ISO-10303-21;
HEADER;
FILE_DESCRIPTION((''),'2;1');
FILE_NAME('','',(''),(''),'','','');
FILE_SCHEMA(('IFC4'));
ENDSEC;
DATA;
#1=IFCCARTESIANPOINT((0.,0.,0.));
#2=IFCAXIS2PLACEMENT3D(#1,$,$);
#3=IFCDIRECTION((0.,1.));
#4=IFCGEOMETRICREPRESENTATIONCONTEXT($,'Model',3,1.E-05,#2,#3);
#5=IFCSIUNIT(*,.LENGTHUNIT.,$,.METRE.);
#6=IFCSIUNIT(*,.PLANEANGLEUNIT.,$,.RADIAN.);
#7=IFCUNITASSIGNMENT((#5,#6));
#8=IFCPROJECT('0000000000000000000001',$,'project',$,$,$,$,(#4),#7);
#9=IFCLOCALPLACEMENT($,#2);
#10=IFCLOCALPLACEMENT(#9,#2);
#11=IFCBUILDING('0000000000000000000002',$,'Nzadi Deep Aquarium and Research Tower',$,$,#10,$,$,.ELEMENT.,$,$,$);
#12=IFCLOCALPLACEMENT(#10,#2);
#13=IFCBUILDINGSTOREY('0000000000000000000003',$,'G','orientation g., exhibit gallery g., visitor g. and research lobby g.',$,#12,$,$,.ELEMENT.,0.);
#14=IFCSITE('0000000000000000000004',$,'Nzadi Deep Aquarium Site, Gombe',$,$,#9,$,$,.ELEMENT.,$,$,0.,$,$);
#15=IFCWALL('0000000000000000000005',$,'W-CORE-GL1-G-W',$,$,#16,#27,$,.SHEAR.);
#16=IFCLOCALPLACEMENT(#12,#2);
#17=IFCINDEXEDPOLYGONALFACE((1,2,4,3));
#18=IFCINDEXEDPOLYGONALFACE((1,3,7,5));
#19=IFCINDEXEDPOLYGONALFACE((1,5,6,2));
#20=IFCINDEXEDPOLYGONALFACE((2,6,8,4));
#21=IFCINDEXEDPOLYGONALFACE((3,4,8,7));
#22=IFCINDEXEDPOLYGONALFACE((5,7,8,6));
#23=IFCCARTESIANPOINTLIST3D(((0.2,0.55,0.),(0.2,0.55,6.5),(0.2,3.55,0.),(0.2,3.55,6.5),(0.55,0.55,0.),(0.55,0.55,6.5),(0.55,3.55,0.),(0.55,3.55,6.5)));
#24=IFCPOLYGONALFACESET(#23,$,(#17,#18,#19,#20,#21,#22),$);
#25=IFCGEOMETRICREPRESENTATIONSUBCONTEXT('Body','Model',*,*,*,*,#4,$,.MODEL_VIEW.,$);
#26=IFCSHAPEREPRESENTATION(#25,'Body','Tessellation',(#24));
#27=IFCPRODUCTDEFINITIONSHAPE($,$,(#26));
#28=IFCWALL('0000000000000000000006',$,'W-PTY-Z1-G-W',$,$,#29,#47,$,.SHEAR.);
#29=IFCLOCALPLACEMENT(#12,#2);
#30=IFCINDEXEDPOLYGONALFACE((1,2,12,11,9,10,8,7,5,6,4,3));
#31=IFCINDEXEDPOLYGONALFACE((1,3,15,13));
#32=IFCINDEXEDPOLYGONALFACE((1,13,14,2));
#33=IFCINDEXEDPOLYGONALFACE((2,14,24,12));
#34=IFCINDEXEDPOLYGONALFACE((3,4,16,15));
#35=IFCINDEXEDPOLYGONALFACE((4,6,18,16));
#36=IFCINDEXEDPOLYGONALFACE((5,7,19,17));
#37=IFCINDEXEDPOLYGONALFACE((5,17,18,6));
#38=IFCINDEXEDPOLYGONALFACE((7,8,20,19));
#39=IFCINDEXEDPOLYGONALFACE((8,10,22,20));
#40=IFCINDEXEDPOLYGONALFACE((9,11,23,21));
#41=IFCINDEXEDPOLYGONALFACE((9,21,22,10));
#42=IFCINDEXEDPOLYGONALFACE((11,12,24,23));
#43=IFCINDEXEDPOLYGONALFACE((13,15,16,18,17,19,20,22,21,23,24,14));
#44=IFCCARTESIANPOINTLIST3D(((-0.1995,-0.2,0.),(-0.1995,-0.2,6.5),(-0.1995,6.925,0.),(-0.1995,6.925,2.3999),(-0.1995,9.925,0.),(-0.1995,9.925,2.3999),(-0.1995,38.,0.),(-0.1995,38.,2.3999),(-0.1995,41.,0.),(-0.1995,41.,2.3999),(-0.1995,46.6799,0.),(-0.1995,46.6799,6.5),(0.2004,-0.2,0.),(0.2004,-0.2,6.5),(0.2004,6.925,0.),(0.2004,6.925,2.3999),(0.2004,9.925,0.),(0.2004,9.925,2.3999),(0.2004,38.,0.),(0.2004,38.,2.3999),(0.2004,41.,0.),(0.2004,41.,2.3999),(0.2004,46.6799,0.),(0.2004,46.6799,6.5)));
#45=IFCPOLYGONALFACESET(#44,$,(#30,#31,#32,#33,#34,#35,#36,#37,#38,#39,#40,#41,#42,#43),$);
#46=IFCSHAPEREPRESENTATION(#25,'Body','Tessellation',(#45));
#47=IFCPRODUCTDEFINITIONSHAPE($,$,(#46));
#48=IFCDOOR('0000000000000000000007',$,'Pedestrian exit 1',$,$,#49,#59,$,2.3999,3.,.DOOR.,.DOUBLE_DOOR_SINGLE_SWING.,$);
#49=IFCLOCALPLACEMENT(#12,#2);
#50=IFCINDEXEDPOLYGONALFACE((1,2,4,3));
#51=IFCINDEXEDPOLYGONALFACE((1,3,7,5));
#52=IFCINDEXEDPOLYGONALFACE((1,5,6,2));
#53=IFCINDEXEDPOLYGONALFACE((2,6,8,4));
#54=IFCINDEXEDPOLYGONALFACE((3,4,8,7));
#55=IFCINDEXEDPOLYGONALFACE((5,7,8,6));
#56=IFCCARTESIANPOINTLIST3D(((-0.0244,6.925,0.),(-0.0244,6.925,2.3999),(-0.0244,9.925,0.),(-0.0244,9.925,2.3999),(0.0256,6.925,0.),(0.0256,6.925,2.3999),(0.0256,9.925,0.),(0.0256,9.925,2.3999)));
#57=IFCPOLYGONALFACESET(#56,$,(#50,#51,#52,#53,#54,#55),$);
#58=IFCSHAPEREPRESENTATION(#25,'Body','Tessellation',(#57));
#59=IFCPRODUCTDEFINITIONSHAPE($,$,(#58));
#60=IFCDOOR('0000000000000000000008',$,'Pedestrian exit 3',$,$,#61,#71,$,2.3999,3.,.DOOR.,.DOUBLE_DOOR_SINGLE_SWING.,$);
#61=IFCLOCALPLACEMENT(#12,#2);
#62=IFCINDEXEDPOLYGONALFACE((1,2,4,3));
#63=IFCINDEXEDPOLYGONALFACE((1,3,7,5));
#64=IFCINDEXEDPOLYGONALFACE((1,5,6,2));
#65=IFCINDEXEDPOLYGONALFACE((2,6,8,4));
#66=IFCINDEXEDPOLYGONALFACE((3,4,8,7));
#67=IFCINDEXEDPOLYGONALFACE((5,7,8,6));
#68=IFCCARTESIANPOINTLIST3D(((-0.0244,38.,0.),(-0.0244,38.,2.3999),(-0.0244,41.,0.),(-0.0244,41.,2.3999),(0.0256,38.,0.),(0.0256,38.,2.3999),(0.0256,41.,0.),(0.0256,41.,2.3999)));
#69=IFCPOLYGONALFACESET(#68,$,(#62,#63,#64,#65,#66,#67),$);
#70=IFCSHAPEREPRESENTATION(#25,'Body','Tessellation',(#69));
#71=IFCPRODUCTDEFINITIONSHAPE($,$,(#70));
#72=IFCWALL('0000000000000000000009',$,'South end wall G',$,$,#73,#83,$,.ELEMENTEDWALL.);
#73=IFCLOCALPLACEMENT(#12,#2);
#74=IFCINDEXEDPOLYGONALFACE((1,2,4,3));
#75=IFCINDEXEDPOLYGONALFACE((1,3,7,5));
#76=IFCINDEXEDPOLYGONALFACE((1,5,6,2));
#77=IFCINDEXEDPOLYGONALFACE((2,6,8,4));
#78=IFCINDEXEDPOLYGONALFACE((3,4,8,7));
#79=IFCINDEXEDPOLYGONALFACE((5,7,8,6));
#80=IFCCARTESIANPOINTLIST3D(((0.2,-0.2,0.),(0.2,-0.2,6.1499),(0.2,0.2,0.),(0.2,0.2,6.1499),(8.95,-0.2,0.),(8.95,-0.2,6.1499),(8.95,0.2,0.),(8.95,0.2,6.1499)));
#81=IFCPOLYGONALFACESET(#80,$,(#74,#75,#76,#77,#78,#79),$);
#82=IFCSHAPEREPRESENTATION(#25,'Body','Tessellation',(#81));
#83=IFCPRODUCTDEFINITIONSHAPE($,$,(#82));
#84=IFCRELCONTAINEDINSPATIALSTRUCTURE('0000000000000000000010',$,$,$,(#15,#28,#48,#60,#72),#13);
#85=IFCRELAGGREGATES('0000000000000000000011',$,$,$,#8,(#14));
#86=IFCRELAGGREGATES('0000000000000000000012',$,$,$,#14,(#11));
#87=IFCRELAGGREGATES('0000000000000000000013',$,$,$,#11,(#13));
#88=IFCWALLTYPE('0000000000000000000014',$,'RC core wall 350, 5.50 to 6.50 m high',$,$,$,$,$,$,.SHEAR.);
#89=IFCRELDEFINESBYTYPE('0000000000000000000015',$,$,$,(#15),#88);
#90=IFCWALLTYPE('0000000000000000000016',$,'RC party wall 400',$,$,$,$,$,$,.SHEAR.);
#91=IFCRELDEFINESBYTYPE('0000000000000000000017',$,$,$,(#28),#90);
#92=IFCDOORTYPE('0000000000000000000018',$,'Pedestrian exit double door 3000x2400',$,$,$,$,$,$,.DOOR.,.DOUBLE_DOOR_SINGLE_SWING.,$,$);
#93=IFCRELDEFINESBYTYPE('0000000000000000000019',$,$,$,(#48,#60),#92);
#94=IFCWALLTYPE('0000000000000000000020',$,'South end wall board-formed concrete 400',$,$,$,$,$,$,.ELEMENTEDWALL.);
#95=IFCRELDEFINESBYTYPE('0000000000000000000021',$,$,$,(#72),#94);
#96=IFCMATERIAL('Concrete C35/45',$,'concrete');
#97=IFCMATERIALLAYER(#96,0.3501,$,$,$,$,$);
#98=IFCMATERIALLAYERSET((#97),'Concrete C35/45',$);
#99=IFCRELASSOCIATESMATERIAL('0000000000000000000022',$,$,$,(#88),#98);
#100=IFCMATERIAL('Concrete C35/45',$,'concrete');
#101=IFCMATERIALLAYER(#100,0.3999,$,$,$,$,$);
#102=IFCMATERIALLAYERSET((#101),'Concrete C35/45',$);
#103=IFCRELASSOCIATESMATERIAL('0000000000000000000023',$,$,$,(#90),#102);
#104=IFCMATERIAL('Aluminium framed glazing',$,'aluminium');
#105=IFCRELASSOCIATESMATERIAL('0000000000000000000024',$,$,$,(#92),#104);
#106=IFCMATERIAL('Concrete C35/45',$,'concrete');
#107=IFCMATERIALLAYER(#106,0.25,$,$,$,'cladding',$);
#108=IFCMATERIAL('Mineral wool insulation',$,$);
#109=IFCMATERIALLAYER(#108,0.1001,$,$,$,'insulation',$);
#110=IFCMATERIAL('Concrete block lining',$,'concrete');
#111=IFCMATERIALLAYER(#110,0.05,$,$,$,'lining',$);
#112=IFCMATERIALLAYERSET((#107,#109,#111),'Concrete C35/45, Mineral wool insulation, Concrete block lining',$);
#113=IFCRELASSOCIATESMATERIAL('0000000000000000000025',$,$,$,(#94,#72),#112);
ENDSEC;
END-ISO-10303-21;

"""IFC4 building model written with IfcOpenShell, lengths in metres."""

from ifc_helpers import new_model, si_unit, direction, frame, frame_2d, origin, place, context, subcontext, project, spatial, rectangle, extrude, material, layer, layer_set, layer_usage, type_object, element, fill, save


model = new_model("IFC4")

# Units and contexts
model_context = context("Model", 3, precision=1e-05, world=origin(), true_north=direction((0.0, 1.0)))
body_context = subcontext(model_context, "Body", "Model", "MODEL_VIEW")
ifc_project = project(units=[si_unit("LENGTHUNIT", "METRE"), si_unit("PLANEANGLEUNIT", "RADIAN")], contexts=[model_context])

# Site, building, storey
site_placement = place(None, origin())
site = spatial("IfcSite", under=ifc_project, at=site_placement, Name="Nzadi Deep Aquarium Site, Gombe", CompositionType="ELEMENT", RefElevation=0.0)
building_placement = place(site_placement, origin())
building = spatial("IfcBuilding", under=site, at=building_placement, Name="Nzadi Deep Aquarium and Research Tower", CompositionType="ELEMENT")
storey_placement = place(building_placement, origin())
storey = spatial("IfcBuildingStorey", under=building, at=storey_placement, Name="G", Description="orientation g., exhibit gallery g., visitor g. and research lobby g.", CompositionType="ELEMENT", Elevation=0.0)

# Wall
ifc_material_1 = material(Name="Concrete C35/45", Category="concrete")
ifc_layer_1 = layer(ifc_material_1, 0.3501)
ifc_layer_set_1 = layer_set([ifc_layer_1], Name="Concrete C35/45")
wall_type_1 = type_object("IfcWallType", Name="RC core wall 350, 5.50 to 6.50 m high", PredefinedType="SHEAR", material=ifc_layer_set_1)
wall_1_placement = place(storey_placement, frame((0.375, 0.55, 0.0), z_axis=(0.0, 0.0, 1.0), x_axis=(0.0, 1.0, 0.0)))
element("IfcWall", 1, at=wall_1_placement, inside=storey, type_object=wall_type_1, Name="W-CORE-GL1-G-W", PredefinedType="SHEAR", context=body_context, shape_type="SweptSolid", body=[
    extrude(rectangle(XDim=3.0, YDim=0.3501, at=frame_2d((1.5, 0.0))), origin(), (0.0, 0.0, 1.0), 6.5),
])

# Wall, openings, doors
ifc_material_2 = material(Name="Concrete C35/45", Category="concrete")
ifc_layer_2 = layer(ifc_material_2, 0.3999)
ifc_layer_set_2 = layer_set([ifc_layer_2], Name="Concrete C35/45")
wall_type_2 = type_object("IfcWallType", Name="RC party wall 400", PredefinedType="SHEAR", material=ifc_layer_set_2)
wall_2_placement = place(storey_placement, frame((0.0005, -0.2, 0.0), z_axis=(0.0, 0.0, 1.0), x_axis=(0.0, 1.0, 0.0)))
wall_2 = element("IfcWall", 2, at=wall_2_placement, inside=storey, type_object=wall_type_2, Name="W-PTY-Z1-G-W", PredefinedType="SHEAR", context=body_context, shape_type="SweptSolid", body=[
    extrude(rectangle(XDim=46.8799, YDim=0.3999, at=frame_2d((23.4399, 0.0))), origin(), (0.0, 0.0, 1.0), 6.5),
])
opening_1_placement = place(wall_2_placement, frame((7.125, 0.0, 0.0)))
opening_1 = element("IfcOpeningElement", 3, at=opening_1_placement, cuts=wall_2, PredefinedType="OPENING", context=body_context, shape_type="SweptSolid", body=[
    extrude(rectangle(XDim=3.0, YDim=2.3999, at=frame_2d((1.5, 1.2))), frame((0.0, 0.21, 0.0), z_axis=(0.0, -1.0, 0.0), x_axis=(1.0, 0.0, 0.0)), (0.0, 0.0, 1.0), 0.4199),
])
opening_2_placement = place(wall_2_placement, frame((38.2, 0.0, 0.0)))
opening_2 = element("IfcOpeningElement", 4, at=opening_2_placement, cuts=wall_2, PredefinedType="OPENING", context=body_context, shape_type="SweptSolid", body=[
    extrude(rectangle(XDim=3.0, YDim=2.3999, at=frame_2d((1.5, 1.2))), frame((0.0, 0.21, 0.0), z_axis=(0.0, -1.0, 0.0), x_axis=(1.0, 0.0, 0.0)), (0.0, 0.0, 1.0), 0.4199),
])
ifc_material_3 = material(Name="Aluminium framed glazing", Category="aluminium")
door_type_1 = type_object("IfcDoorType", Name="Pedestrian exit double door 3000x2400", OperationType="DOUBLE_DOOR_SINGLE_SWING", PredefinedType="DOOR", material=ifc_material_3)
door_1_placement = place(opening_1_placement, origin())
door_1 = element("IfcDoor", 5, at=door_1_placement, inside=storey, type_object=door_type_1, Name="Pedestrian exit 1", OperationType="DOUBLE_DOOR_SINGLE_SWING", OverallHeight=2.3999, OverallWidth=3.0, PredefinedType="DOOR", context=body_context, shape_type="SweptSolid", body=[
    extrude(rectangle(XDim=3.0, YDim=2.3999, at=frame_2d((1.5, 1.2))), frame((0.0, 0.0249, 0.0), z_axis=(0.0, -1.0, 0.0), x_axis=(1.0, 0.0, 0.0)), (0.0, 0.0, 1.0), 0.05),
])
fill(opening_1, door_1)
door_2_placement = place(opening_2_placement, origin())
door_2 = element("IfcDoor", 6, at=door_2_placement, inside=storey, type_object=door_type_1, Name="Pedestrian exit 3", OperationType="DOUBLE_DOOR_SINGLE_SWING", OverallHeight=2.3999, OverallWidth=3.0, PredefinedType="DOOR", context=body_context, shape_type="SweptSolid", body=[
    extrude(rectangle(XDim=3.0, YDim=2.3999, at=frame_2d((1.5, 1.2))), frame((0.0, 0.0249, 0.0), z_axis=(0.0, -1.0, 0.0), x_axis=(1.0, 0.0, 0.0)), (0.0, 0.0, 1.0), 0.05),
])
fill(opening_2, door_2)

# Wall
ifc_material_4 = material(Name="Concrete C35/45", Category="concrete")
ifc_layer_3 = layer(ifc_material_4, 0.25, Category="cladding")
ifc_material_5 = material(Name="Mineral wool insulation")
ifc_layer_4 = layer(ifc_material_5, 0.1001, Category="insulation")
ifc_material_6 = material(Name="Concrete block lining", Category="concrete")
ifc_layer_5 = layer(ifc_material_6, 0.05, Category="lining")
ifc_layer_set_3 = layer_set([ifc_layer_3, ifc_layer_4, ifc_layer_5], Name="Concrete C35/45, Mineral wool insulation, Concrete block lining")
ifc_layer_usage_1 = layer_usage(ifc_layer_set_3, "AXIS2", "POSITIVE", -0.2)
wall_type_3 = type_object("IfcWallType", Name="South end wall board-formed concrete 400", PredefinedType="ELEMENTEDWALL", material=ifc_layer_set_3)
wall_3_placement = place(storey_placement, frame((0.2, 0.0, 0.0), z_axis=(0.0, 0.0, 1.0), x_axis=(1.0, 0.0, 0.0)))
element("IfcWall", 7, at=wall_3_placement, inside=storey, type_object=wall_type_3, material=ifc_layer_usage_1, Name="South end wall G", PredefinedType="ELEMENTEDWALL", context=body_context, shape_type="SweptSolid", body=[
    extrude(rectangle(XDim=8.75, YDim=0.3999, at=frame_2d((4.375, 0.0))), origin(), (0.0, 0.0, 1.0), 6.1499),
])

save(model, "model.ifc")
